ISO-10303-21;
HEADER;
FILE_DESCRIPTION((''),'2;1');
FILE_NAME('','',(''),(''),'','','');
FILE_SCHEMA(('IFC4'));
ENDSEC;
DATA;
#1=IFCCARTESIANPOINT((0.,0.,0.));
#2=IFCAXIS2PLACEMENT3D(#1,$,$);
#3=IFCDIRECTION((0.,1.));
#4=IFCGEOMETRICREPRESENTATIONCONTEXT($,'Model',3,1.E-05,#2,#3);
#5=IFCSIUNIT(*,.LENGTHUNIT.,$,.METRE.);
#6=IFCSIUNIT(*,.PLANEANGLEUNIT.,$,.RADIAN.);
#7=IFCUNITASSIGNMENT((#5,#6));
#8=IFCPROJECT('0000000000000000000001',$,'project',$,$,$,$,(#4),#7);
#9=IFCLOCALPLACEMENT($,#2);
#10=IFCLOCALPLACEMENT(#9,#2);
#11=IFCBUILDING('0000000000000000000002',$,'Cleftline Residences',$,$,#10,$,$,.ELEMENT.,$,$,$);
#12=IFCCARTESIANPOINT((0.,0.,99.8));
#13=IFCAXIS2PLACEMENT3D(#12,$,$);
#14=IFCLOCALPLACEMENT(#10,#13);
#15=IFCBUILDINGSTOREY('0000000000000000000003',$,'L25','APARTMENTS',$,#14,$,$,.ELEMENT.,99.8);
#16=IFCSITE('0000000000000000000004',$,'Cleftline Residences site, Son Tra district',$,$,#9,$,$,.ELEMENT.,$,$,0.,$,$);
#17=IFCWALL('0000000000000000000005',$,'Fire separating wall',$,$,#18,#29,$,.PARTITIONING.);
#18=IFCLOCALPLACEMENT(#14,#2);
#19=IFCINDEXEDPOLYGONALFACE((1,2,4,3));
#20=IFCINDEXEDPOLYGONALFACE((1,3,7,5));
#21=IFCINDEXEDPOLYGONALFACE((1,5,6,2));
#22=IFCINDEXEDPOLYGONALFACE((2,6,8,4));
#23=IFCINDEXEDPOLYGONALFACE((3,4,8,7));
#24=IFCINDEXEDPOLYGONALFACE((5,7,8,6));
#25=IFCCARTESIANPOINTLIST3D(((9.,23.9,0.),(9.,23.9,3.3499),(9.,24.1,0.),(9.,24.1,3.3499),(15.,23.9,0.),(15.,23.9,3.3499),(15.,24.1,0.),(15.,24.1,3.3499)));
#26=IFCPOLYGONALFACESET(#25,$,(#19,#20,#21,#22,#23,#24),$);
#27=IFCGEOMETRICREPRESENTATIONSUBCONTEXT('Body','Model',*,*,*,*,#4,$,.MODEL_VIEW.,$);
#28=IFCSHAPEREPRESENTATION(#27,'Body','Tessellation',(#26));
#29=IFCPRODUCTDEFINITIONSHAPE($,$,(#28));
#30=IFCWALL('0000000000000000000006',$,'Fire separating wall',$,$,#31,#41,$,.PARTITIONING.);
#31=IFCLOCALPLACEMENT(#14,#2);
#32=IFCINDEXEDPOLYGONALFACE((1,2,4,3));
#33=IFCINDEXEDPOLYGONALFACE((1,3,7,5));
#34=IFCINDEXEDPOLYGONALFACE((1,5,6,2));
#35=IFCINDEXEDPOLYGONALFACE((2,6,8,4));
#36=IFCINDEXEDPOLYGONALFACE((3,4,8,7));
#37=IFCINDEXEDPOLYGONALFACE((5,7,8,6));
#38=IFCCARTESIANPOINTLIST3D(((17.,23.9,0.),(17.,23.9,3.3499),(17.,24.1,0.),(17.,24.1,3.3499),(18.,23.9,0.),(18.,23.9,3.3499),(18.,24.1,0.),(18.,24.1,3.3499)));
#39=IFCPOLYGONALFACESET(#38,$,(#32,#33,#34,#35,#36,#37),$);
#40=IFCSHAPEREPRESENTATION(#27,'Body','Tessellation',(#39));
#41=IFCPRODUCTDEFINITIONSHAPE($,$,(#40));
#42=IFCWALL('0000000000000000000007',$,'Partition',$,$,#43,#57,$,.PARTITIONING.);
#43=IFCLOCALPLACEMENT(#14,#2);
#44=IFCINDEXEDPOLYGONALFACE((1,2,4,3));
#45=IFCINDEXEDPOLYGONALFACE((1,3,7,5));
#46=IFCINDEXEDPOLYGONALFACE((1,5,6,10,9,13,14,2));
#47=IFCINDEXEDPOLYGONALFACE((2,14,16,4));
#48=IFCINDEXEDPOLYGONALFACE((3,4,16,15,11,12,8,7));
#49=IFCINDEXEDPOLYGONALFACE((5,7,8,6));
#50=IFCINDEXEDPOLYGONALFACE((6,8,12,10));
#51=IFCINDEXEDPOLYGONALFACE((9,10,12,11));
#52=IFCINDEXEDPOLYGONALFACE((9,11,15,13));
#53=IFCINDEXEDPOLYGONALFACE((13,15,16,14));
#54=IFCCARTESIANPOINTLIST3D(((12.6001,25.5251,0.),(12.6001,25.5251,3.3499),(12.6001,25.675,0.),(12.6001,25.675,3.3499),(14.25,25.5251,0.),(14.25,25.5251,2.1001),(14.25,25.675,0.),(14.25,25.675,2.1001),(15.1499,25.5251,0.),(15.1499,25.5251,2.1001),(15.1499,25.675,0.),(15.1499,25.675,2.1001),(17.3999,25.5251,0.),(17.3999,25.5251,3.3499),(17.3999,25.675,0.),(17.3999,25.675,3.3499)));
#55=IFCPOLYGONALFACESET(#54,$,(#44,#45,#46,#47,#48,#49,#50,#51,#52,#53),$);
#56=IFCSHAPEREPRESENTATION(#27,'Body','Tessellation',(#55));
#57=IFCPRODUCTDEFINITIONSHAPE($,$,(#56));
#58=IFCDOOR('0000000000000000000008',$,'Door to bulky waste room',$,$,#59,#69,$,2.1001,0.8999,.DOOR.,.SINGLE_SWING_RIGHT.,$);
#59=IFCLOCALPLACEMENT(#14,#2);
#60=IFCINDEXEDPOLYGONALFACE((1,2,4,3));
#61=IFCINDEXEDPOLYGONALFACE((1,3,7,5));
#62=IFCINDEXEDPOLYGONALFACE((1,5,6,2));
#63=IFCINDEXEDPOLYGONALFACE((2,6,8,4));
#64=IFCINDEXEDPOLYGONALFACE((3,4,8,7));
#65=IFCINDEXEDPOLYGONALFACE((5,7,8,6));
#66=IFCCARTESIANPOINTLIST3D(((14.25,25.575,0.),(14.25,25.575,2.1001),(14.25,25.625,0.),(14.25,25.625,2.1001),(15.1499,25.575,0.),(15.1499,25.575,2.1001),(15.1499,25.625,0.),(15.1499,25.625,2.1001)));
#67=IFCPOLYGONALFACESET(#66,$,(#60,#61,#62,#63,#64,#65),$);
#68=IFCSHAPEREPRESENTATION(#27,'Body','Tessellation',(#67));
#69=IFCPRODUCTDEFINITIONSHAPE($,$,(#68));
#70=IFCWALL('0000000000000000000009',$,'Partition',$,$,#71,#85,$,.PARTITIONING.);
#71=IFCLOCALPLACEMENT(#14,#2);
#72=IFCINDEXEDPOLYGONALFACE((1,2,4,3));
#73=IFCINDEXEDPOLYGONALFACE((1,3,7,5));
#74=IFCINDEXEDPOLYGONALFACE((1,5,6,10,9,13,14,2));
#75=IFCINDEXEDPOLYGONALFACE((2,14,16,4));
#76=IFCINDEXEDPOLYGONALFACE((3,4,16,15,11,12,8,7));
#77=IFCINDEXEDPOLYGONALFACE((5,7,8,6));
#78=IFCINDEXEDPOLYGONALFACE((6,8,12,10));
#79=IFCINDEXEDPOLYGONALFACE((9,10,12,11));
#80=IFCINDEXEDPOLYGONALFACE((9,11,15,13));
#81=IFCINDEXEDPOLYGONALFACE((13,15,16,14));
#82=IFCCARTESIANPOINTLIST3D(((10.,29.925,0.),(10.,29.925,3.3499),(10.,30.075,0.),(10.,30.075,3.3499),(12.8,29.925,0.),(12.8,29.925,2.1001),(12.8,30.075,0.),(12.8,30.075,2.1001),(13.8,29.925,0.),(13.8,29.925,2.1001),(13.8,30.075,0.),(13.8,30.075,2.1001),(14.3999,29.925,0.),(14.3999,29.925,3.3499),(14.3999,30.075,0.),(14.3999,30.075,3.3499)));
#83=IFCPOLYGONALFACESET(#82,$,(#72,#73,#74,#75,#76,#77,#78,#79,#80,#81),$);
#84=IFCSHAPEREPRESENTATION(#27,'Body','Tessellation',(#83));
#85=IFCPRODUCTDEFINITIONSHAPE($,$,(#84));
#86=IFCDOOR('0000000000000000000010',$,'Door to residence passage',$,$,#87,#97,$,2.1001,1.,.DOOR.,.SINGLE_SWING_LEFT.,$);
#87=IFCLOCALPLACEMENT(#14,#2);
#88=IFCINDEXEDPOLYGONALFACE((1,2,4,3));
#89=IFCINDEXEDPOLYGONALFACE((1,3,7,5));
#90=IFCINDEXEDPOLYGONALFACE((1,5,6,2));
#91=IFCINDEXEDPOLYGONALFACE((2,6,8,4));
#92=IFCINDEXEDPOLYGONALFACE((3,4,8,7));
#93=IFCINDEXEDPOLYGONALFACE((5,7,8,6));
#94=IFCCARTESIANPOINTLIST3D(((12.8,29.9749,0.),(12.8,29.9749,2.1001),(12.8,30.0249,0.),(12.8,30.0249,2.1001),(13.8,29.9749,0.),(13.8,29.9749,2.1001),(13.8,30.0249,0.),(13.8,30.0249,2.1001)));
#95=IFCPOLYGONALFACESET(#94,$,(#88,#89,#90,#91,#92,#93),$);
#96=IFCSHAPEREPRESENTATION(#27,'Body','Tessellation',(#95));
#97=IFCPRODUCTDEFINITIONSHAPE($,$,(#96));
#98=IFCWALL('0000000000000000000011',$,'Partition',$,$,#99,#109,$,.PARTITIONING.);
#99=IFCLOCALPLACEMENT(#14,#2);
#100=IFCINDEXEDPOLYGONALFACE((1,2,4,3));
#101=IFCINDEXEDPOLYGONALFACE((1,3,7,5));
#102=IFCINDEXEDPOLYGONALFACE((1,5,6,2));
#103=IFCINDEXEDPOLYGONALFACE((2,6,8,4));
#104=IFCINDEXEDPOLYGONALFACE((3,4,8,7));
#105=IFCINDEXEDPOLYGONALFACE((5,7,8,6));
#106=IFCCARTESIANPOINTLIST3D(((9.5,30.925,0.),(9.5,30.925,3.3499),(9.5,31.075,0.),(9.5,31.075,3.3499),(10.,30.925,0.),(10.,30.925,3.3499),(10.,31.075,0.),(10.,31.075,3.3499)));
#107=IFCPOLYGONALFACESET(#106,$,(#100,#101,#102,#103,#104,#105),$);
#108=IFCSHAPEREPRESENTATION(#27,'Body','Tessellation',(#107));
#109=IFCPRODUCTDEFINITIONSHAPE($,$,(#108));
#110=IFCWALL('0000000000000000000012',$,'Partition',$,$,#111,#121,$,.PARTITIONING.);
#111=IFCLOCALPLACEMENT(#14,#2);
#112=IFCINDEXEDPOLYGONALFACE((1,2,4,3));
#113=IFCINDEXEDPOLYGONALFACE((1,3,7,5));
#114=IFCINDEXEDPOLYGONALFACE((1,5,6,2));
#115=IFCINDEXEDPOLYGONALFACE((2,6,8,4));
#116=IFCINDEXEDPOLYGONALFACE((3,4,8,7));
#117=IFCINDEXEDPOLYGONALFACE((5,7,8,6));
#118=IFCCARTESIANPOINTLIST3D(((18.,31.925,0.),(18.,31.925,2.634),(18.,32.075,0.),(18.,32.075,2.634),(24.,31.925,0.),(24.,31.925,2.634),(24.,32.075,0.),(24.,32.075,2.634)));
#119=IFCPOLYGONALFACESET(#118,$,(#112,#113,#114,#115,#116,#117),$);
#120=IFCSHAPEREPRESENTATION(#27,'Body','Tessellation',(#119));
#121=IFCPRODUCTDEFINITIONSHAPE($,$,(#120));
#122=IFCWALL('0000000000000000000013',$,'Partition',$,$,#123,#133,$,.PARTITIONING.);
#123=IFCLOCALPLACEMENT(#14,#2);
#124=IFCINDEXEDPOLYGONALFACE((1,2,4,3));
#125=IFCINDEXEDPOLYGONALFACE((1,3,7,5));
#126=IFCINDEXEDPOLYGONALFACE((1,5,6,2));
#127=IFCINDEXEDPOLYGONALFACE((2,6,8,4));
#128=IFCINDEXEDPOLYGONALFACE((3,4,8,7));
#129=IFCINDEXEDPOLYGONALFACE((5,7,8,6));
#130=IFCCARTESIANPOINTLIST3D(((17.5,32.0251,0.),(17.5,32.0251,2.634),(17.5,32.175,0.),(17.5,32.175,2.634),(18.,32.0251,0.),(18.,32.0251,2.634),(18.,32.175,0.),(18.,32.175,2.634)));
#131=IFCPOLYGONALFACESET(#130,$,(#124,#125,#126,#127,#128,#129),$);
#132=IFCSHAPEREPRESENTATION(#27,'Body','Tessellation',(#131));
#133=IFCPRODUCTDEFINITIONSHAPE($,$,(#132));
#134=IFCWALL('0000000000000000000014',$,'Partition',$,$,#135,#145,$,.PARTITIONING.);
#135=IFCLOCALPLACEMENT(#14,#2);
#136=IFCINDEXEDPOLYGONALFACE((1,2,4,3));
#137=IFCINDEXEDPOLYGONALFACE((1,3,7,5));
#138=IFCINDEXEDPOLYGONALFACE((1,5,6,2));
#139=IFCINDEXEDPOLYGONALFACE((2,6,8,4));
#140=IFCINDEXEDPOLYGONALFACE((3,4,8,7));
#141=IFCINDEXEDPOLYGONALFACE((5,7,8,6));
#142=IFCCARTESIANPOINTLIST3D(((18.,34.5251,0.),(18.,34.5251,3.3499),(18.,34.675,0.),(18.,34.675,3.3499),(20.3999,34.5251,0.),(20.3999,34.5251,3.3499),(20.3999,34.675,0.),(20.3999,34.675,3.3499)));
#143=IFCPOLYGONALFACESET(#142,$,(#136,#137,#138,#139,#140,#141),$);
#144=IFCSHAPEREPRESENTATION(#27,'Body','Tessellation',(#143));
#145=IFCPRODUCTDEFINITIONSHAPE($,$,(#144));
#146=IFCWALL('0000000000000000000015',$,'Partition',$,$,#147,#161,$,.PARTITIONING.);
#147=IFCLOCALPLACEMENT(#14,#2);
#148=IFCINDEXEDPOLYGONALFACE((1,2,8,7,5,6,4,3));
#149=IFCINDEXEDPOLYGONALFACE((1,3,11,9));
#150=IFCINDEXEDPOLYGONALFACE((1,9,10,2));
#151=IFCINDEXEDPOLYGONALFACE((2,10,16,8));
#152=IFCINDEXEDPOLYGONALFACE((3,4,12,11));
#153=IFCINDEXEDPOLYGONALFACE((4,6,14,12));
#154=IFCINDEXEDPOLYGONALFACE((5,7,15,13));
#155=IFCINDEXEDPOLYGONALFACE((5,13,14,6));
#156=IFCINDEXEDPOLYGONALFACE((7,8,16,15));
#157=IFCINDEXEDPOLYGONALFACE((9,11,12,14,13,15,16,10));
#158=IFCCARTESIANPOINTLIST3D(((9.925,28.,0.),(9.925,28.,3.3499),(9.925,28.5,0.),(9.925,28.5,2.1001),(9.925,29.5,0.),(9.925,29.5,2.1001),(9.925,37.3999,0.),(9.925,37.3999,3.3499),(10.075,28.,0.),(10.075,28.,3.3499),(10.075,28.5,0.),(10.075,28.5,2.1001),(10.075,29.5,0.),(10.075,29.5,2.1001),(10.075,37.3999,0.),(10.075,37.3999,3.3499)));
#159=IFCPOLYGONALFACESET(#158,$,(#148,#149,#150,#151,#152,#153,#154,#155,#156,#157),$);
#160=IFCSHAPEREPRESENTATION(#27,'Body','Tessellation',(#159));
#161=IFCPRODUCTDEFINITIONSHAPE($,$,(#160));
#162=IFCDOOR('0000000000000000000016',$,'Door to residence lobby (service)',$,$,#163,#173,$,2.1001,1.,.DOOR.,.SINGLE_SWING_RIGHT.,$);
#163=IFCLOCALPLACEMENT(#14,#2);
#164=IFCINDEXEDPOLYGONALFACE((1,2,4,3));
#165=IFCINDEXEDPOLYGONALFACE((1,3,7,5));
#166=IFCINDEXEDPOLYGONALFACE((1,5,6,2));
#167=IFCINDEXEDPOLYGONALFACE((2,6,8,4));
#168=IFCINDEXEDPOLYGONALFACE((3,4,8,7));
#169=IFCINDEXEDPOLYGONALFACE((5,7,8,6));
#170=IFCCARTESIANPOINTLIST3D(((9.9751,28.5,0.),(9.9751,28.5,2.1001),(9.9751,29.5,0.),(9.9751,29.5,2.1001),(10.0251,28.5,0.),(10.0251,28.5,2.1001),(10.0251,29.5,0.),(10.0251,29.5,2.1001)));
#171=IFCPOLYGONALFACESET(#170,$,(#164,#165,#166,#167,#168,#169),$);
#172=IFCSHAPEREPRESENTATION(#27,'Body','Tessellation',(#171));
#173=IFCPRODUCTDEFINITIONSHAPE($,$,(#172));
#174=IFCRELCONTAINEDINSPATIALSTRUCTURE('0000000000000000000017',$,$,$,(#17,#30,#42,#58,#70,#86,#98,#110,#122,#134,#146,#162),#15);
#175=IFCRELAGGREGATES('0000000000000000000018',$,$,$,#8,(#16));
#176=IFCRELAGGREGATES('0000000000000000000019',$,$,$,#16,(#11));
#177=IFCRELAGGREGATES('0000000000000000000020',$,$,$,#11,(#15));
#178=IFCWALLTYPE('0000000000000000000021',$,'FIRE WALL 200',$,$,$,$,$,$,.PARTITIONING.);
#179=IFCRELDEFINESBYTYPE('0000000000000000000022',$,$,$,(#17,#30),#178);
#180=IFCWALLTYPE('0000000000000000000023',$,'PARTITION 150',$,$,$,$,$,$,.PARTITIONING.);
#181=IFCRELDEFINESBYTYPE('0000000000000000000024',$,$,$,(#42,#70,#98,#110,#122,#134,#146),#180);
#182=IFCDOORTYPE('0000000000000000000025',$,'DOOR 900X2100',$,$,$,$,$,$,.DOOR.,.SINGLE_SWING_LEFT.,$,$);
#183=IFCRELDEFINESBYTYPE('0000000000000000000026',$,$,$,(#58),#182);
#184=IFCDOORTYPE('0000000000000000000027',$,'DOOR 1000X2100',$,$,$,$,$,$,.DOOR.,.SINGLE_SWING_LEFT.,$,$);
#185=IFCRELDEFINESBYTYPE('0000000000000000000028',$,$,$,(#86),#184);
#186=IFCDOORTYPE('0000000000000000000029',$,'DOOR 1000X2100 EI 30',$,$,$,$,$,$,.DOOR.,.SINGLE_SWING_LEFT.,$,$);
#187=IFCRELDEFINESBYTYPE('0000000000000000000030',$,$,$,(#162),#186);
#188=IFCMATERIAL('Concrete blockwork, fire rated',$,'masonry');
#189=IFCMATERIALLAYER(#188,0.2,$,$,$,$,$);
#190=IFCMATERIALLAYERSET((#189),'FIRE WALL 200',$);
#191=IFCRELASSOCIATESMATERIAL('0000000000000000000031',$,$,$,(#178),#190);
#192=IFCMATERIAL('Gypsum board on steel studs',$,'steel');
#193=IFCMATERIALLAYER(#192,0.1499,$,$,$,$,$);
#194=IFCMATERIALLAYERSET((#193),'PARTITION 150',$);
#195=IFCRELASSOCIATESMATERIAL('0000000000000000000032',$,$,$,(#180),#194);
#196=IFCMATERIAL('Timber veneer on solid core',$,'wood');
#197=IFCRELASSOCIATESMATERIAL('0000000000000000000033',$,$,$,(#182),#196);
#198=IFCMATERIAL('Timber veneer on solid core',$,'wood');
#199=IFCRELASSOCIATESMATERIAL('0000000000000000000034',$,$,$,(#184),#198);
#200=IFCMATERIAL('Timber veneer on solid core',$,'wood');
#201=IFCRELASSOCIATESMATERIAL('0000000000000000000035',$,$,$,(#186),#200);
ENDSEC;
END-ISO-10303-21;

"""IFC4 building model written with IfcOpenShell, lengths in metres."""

from ifc_helpers import new_model, si_unit, direction, frame, frame_2d, origin, place, context, subcontext, project, spatial, rectangle, extrude, material, layer, layer_set, type_object, element, fill, save


model = new_model("IFC4")

# Units and contexts
model_context = context("Model", 3, precision=1e-05, world=origin(), true_north=direction((0.0, 1.0)))
body_context = subcontext(model_context, "Body", "Model", "MODEL_VIEW")
ifc_project = project(units=[si_unit("LENGTHUNIT", "METRE"), si_unit("PLANEANGLEUNIT", "RADIAN")], contexts=[model_context])

# Site, building, storey
site_placement = place(None, origin())
site = spatial("IfcSite", under=ifc_project, at=site_placement, Name="Cleftline Residences site, Son Tra district", CompositionType="ELEMENT", RefElevation=0.0)
building_placement = place(site_placement, origin())
building = spatial("IfcBuilding", under=site, at=building_placement, Name="Cleftline Residences", CompositionType="ELEMENT")
storey_placement = place(building_placement, frame((0.0, 0.0, 99.8)))
storey = spatial("IfcBuildingStorey", under=building, at=storey_placement, Name="L25", Description="APARTMENTS", CompositionType="ELEMENT", Elevation=99.8)

# Walls
ifc_material_1 = material(Name="Concrete blockwork, fire rated", Category="masonry")
ifc_layer_1 = layer(ifc_material_1, 0.2)
ifc_layer_set_1 = layer_set([ifc_layer_1], Name="FIRE WALL 200")
wall_type_1 = type_object("IfcWallType", Name="FIRE WALL 200", PredefinedType="PARTITIONING", material=ifc_layer_set_1)
wall_1_placement = place(storey_placement, frame((9.0, 24.0, 0.0), z_axis=(0.0, 0.0, 1.0), x_axis=(1.0, 0.0, 0.0)))
element("IfcWall", 1, at=wall_1_placement, inside=storey, type_object=wall_type_1, Name="Fire separating wall", PredefinedType="PARTITIONING", context=body_context, shape_type="SweptSolid", body=[
    extrude(rectangle(XDim=6.0, YDim=0.2, at=frame_2d((3.0, 0.0))), origin(), (0.0, 0.0, 1.0), 3.3499),
])
wall_2_placement = place(storey_placement, frame((17.0, 24.0, 0.0), z_axis=(0.0, 0.0, 1.0), x_axis=(1.0, 0.0, 0.0)))
element("IfcWall", 2, at=wall_2_placement, inside=storey, type_object=wall_type_1, Name="Fire separating wall", PredefinedType="PARTITIONING", context=body_context, shape_type="SweptSolid", body=[
    extrude(rectangle(XDim=1.0, YDim=0.2, at=frame_2d((0.5, 0.0))), origin(), (0.0, 0.0, 1.0), 3.3499),
])

# Walls, openings, doors
ifc_material_2 = material(Name="Gypsum board on steel studs", Category="steel")
ifc_layer_2 = layer(ifc_material_2, 0.1499)
ifc_layer_set_2 = layer_set([ifc_layer_2], Name="PARTITION 150")
wall_type_2 = type_object("IfcWallType", Name="PARTITION 150", PredefinedType="PARTITIONING", material=ifc_layer_set_2)
wall_3_placement = place(storey_placement, frame((12.6001, 25.6001, 0.0), z_axis=(0.0, 0.0, 1.0), x_axis=(1.0, 0.0, 0.0)))
wall_3 = element("IfcWall", 3, at=wall_3_placement, inside=storey, type_object=wall_type_2, Name="Partition", PredefinedType="PARTITIONING", context=body_context, shape_type="SweptSolid", body=[
    extrude(rectangle(XDim=4.7998, YDim=0.1499, at=frame_2d((2.3999, 0.0))), origin(), (0.0, 0.0, 1.0), 3.3499),
])
opening_1_placement = place(wall_3_placement, frame((1.6499, 0.0, 0.0)))
opening_1 = element("IfcOpeningElement", 4, at=opening_1_placement, cuts=wall_3, PredefinedType="OPENING", context=body_context, shape_type="SweptSolid", body=[
    extrude(rectangle(XDim=0.8999, YDim=2.1001, at=frame_2d((0.45, 1.05))), frame((0.0, 0.085, 0.0), z_axis=(0.0, -1.0, 0.0), x_axis=(1.0, 0.0, 0.0)), (0.0, 0.0, 1.0), 0.1699),
])
ifc_material_3 = material(Name="Timber veneer on solid core", Category="wood")
door_type_1 = type_object("IfcDoorType", Name="DOOR 900X2100", OperationType="SINGLE_SWING_LEFT", PredefinedType="DOOR", material=ifc_material_3)
door_1_placement = place(opening_1_placement, origin())
door_1 = element("IfcDoor", 5, at=door_1_placement, inside=storey, type_object=door_type_1, Name="Door to bulky waste room", OperationType="SINGLE_SWING_RIGHT", OverallHeight=2.1001, OverallWidth=0.8999, PredefinedType="DOOR", context=body_context, shape_type="SweptSolid", body=[
    extrude(rectangle(XDim=0.8999, YDim=2.1001, at=frame_2d((0.45, 1.05))), frame((0.0, 0.0249, 0.0), z_axis=(0.0, -1.0, 0.0), x_axis=(1.0, 0.0, 0.0)), (0.0, 0.0, 1.0), 0.05),
])
fill(opening_1, door_1)
wall_4_placement = place(storey_placement, frame((10.0, 30.0, 0.0), z_axis=(0.0, 0.0, 1.0), x_axis=(1.0, 0.0, 0.0)))
wall_4 = element("IfcWall", 6, at=wall_4_placement, inside=storey, type_object=wall_type_2, Name="Partition", PredefinedType="PARTITIONING", context=body_context, shape_type="SweptSolid", body=[
    extrude(rectangle(XDim=4.3999, YDim=0.1499, at=frame_2d((2.2, 0.0))), origin(), (0.0, 0.0, 1.0), 3.3499),
])
opening_2_placement = place(wall_4_placement, frame((2.8, 0.0, 0.0)))
opening_2 = element("IfcOpeningElement", 7, at=opening_2_placement, cuts=wall_4, PredefinedType="OPENING", context=body_context, shape_type="SweptSolid", body=[
    extrude(rectangle(XDim=1.0, YDim=2.1001, at=frame_2d((0.5, 1.05))), frame((0.0, 0.085, 0.0), z_axis=(0.0, -1.0, 0.0), x_axis=(1.0, 0.0, 0.0)), (0.0, 0.0, 1.0), 0.1699),
])
ifc_material_4 = material(Name="Timber veneer on solid core", Category="wood")
door_type_2 = type_object("IfcDoorType", Name="DOOR 1000X2100", OperationType="SINGLE_SWING_LEFT", PredefinedType="DOOR", material=ifc_material_4)
door_2_placement = place(opening_2_placement, origin())
door_2 = element("IfcDoor", 8, at=door_2_placement, inside=storey, type_object=door_type_2, Name="Door to residence passage", OperationType="SINGLE_SWING_LEFT", OverallHeight=2.1001, OverallWidth=1.0, PredefinedType="DOOR", context=body_context, shape_type="SweptSolid", body=[
    extrude(rectangle(XDim=1.0, YDim=2.1001, at=frame_2d((0.5, 1.05))), frame((0.0, 0.0249, 0.0), z_axis=(0.0, -1.0, 0.0), x_axis=(1.0, 0.0, 0.0)), (0.0, 0.0, 1.0), 0.05),
])
fill(opening_2, door_2)

# Walls
wall_5_placement = place(storey_placement, frame((9.5, 31.0, 0.0), z_axis=(0.0, 0.0, 1.0), x_axis=(1.0, 0.0, 0.0)))
element("IfcWall", 9, at=wall_5_placement, inside=storey, type_object=wall_type_2, Name="Partition", PredefinedType="PARTITIONING", context=body_context, shape_type="SweptSolid", body=[
    extrude(rectangle(XDim=0.5, YDim=0.1499, at=frame_2d((0.25, 0.0))), origin(), (0.0, 0.0, 1.0), 3.3499),
])
wall_6_placement = place(storey_placement, frame((18.0, 32.0, 0.0), z_axis=(0.0, 0.0, 1.0), x_axis=(1.0, 0.0, 0.0)))
element("IfcWall", 10, at=wall_6_placement, inside=storey, type_object=wall_type_2, Name="Partition", PredefinedType="PARTITIONING", context=body_context, shape_type="SweptSolid", body=[
    extrude(rectangle(XDim=6.0, YDim=0.1499, at=frame_2d((3.0, 0.0))), origin(), (0.0, 0.0, 1.0), 2.634),
])
wall_7_placement = place(storey_placement, frame((17.5, 32.1001, 0.0), z_axis=(0.0, 0.0, 1.0), x_axis=(1.0, 0.0, 0.0)))
element("IfcWall", 11, at=wall_7_placement, inside=storey, type_object=wall_type_2, Name="Partition", PredefinedType="PARTITIONING", context=body_context, shape_type="SweptSolid", body=[
    extrude(rectangle(XDim=0.5, YDim=0.1499, at=frame_2d((0.25, 0.0))), origin(), (0.0, 0.0, 1.0), 2.634),
])
wall_8_placement = place(storey_placement, frame((18.0, 34.6001, 0.0), z_axis=(0.0, 0.0, 1.0), x_axis=(1.0, 0.0, 0.0)))
element("IfcWall", 12, at=wall_8_placement, inside=storey, type_object=wall_type_2, Name="Partition", PredefinedType="PARTITIONING", context=body_context, shape_type="SweptSolid", body=[
    extrude(rectangle(XDim=2.3999, YDim=0.1499, at=frame_2d((1.2, 0.0))), origin(), (0.0, 0.0, 1.0), 3.3499),
])

# Wall, opening, door
wall_9_placement = place(storey_placement, frame((10.0, 28.0, 0.0), z_axis=(0.0, 0.0, 1.0), x_axis=(0.0, 1.0, 0.0)))
wall_9 = element("IfcWall", 13, at=wall_9_placement, inside=storey, type_object=wall_type_2, Name="Partition", PredefinedType="PARTITIONING", context=body_context, shape_type="SweptSolid", body=[
    extrude(rectangle(XDim=9.3999, YDim=0.1499, at=frame_2d((4.7, 0.0))), origin(), (0.0, 0.0, 1.0), 3.3499),
])
opening_3_placement = place(wall_9_placement, frame((0.5, 0.0, 0.0)))
opening_3 = element("IfcOpeningElement", 14, at=opening_3_placement, cuts=wall_9, PredefinedType="OPENING", context=body_context, shape_type="SweptSolid", body=[
    extrude(rectangle(XDim=1.0, YDim=2.1001, at=frame_2d((0.5, 1.05))), frame((0.0, 0.085, 0.0), z_axis=(0.0, -1.0, 0.0), x_axis=(1.0, 0.0, 0.0)), (0.0, 0.0, 1.0), 0.1699),
])
ifc_material_5 = material(Name="Timber veneer on solid core", Category="wood")
door_type_3 = type_object("IfcDoorType", Name="DOOR 1000X2100 EI 30", OperationType="SINGLE_SWING_LEFT", PredefinedType="DOOR", material=ifc_material_5)
door_3_placement = place(opening_3_placement, origin())
door_3 = element("IfcDoor", 15, at=door_3_placement, inside=storey, type_object=door_type_3, Name="Door to residence lobby (service)", OperationType="SINGLE_SWING_RIGHT", OverallHeight=2.1001, OverallWidth=1.0, PredefinedType="DOOR", context=body_context, shape_type="SweptSolid", body=[
    extrude(rectangle(XDim=1.0, YDim=2.1001, at=frame_2d((0.5, 1.05))), frame((0.0, 0.0249, 0.0), z_axis=(0.0, -1.0, 0.0), x_axis=(1.0, 0.0, 0.0)), (0.0, 0.0, 1.0), 0.05),
])
fill(opening_3, door_3)

save(model, "model.ifc")
